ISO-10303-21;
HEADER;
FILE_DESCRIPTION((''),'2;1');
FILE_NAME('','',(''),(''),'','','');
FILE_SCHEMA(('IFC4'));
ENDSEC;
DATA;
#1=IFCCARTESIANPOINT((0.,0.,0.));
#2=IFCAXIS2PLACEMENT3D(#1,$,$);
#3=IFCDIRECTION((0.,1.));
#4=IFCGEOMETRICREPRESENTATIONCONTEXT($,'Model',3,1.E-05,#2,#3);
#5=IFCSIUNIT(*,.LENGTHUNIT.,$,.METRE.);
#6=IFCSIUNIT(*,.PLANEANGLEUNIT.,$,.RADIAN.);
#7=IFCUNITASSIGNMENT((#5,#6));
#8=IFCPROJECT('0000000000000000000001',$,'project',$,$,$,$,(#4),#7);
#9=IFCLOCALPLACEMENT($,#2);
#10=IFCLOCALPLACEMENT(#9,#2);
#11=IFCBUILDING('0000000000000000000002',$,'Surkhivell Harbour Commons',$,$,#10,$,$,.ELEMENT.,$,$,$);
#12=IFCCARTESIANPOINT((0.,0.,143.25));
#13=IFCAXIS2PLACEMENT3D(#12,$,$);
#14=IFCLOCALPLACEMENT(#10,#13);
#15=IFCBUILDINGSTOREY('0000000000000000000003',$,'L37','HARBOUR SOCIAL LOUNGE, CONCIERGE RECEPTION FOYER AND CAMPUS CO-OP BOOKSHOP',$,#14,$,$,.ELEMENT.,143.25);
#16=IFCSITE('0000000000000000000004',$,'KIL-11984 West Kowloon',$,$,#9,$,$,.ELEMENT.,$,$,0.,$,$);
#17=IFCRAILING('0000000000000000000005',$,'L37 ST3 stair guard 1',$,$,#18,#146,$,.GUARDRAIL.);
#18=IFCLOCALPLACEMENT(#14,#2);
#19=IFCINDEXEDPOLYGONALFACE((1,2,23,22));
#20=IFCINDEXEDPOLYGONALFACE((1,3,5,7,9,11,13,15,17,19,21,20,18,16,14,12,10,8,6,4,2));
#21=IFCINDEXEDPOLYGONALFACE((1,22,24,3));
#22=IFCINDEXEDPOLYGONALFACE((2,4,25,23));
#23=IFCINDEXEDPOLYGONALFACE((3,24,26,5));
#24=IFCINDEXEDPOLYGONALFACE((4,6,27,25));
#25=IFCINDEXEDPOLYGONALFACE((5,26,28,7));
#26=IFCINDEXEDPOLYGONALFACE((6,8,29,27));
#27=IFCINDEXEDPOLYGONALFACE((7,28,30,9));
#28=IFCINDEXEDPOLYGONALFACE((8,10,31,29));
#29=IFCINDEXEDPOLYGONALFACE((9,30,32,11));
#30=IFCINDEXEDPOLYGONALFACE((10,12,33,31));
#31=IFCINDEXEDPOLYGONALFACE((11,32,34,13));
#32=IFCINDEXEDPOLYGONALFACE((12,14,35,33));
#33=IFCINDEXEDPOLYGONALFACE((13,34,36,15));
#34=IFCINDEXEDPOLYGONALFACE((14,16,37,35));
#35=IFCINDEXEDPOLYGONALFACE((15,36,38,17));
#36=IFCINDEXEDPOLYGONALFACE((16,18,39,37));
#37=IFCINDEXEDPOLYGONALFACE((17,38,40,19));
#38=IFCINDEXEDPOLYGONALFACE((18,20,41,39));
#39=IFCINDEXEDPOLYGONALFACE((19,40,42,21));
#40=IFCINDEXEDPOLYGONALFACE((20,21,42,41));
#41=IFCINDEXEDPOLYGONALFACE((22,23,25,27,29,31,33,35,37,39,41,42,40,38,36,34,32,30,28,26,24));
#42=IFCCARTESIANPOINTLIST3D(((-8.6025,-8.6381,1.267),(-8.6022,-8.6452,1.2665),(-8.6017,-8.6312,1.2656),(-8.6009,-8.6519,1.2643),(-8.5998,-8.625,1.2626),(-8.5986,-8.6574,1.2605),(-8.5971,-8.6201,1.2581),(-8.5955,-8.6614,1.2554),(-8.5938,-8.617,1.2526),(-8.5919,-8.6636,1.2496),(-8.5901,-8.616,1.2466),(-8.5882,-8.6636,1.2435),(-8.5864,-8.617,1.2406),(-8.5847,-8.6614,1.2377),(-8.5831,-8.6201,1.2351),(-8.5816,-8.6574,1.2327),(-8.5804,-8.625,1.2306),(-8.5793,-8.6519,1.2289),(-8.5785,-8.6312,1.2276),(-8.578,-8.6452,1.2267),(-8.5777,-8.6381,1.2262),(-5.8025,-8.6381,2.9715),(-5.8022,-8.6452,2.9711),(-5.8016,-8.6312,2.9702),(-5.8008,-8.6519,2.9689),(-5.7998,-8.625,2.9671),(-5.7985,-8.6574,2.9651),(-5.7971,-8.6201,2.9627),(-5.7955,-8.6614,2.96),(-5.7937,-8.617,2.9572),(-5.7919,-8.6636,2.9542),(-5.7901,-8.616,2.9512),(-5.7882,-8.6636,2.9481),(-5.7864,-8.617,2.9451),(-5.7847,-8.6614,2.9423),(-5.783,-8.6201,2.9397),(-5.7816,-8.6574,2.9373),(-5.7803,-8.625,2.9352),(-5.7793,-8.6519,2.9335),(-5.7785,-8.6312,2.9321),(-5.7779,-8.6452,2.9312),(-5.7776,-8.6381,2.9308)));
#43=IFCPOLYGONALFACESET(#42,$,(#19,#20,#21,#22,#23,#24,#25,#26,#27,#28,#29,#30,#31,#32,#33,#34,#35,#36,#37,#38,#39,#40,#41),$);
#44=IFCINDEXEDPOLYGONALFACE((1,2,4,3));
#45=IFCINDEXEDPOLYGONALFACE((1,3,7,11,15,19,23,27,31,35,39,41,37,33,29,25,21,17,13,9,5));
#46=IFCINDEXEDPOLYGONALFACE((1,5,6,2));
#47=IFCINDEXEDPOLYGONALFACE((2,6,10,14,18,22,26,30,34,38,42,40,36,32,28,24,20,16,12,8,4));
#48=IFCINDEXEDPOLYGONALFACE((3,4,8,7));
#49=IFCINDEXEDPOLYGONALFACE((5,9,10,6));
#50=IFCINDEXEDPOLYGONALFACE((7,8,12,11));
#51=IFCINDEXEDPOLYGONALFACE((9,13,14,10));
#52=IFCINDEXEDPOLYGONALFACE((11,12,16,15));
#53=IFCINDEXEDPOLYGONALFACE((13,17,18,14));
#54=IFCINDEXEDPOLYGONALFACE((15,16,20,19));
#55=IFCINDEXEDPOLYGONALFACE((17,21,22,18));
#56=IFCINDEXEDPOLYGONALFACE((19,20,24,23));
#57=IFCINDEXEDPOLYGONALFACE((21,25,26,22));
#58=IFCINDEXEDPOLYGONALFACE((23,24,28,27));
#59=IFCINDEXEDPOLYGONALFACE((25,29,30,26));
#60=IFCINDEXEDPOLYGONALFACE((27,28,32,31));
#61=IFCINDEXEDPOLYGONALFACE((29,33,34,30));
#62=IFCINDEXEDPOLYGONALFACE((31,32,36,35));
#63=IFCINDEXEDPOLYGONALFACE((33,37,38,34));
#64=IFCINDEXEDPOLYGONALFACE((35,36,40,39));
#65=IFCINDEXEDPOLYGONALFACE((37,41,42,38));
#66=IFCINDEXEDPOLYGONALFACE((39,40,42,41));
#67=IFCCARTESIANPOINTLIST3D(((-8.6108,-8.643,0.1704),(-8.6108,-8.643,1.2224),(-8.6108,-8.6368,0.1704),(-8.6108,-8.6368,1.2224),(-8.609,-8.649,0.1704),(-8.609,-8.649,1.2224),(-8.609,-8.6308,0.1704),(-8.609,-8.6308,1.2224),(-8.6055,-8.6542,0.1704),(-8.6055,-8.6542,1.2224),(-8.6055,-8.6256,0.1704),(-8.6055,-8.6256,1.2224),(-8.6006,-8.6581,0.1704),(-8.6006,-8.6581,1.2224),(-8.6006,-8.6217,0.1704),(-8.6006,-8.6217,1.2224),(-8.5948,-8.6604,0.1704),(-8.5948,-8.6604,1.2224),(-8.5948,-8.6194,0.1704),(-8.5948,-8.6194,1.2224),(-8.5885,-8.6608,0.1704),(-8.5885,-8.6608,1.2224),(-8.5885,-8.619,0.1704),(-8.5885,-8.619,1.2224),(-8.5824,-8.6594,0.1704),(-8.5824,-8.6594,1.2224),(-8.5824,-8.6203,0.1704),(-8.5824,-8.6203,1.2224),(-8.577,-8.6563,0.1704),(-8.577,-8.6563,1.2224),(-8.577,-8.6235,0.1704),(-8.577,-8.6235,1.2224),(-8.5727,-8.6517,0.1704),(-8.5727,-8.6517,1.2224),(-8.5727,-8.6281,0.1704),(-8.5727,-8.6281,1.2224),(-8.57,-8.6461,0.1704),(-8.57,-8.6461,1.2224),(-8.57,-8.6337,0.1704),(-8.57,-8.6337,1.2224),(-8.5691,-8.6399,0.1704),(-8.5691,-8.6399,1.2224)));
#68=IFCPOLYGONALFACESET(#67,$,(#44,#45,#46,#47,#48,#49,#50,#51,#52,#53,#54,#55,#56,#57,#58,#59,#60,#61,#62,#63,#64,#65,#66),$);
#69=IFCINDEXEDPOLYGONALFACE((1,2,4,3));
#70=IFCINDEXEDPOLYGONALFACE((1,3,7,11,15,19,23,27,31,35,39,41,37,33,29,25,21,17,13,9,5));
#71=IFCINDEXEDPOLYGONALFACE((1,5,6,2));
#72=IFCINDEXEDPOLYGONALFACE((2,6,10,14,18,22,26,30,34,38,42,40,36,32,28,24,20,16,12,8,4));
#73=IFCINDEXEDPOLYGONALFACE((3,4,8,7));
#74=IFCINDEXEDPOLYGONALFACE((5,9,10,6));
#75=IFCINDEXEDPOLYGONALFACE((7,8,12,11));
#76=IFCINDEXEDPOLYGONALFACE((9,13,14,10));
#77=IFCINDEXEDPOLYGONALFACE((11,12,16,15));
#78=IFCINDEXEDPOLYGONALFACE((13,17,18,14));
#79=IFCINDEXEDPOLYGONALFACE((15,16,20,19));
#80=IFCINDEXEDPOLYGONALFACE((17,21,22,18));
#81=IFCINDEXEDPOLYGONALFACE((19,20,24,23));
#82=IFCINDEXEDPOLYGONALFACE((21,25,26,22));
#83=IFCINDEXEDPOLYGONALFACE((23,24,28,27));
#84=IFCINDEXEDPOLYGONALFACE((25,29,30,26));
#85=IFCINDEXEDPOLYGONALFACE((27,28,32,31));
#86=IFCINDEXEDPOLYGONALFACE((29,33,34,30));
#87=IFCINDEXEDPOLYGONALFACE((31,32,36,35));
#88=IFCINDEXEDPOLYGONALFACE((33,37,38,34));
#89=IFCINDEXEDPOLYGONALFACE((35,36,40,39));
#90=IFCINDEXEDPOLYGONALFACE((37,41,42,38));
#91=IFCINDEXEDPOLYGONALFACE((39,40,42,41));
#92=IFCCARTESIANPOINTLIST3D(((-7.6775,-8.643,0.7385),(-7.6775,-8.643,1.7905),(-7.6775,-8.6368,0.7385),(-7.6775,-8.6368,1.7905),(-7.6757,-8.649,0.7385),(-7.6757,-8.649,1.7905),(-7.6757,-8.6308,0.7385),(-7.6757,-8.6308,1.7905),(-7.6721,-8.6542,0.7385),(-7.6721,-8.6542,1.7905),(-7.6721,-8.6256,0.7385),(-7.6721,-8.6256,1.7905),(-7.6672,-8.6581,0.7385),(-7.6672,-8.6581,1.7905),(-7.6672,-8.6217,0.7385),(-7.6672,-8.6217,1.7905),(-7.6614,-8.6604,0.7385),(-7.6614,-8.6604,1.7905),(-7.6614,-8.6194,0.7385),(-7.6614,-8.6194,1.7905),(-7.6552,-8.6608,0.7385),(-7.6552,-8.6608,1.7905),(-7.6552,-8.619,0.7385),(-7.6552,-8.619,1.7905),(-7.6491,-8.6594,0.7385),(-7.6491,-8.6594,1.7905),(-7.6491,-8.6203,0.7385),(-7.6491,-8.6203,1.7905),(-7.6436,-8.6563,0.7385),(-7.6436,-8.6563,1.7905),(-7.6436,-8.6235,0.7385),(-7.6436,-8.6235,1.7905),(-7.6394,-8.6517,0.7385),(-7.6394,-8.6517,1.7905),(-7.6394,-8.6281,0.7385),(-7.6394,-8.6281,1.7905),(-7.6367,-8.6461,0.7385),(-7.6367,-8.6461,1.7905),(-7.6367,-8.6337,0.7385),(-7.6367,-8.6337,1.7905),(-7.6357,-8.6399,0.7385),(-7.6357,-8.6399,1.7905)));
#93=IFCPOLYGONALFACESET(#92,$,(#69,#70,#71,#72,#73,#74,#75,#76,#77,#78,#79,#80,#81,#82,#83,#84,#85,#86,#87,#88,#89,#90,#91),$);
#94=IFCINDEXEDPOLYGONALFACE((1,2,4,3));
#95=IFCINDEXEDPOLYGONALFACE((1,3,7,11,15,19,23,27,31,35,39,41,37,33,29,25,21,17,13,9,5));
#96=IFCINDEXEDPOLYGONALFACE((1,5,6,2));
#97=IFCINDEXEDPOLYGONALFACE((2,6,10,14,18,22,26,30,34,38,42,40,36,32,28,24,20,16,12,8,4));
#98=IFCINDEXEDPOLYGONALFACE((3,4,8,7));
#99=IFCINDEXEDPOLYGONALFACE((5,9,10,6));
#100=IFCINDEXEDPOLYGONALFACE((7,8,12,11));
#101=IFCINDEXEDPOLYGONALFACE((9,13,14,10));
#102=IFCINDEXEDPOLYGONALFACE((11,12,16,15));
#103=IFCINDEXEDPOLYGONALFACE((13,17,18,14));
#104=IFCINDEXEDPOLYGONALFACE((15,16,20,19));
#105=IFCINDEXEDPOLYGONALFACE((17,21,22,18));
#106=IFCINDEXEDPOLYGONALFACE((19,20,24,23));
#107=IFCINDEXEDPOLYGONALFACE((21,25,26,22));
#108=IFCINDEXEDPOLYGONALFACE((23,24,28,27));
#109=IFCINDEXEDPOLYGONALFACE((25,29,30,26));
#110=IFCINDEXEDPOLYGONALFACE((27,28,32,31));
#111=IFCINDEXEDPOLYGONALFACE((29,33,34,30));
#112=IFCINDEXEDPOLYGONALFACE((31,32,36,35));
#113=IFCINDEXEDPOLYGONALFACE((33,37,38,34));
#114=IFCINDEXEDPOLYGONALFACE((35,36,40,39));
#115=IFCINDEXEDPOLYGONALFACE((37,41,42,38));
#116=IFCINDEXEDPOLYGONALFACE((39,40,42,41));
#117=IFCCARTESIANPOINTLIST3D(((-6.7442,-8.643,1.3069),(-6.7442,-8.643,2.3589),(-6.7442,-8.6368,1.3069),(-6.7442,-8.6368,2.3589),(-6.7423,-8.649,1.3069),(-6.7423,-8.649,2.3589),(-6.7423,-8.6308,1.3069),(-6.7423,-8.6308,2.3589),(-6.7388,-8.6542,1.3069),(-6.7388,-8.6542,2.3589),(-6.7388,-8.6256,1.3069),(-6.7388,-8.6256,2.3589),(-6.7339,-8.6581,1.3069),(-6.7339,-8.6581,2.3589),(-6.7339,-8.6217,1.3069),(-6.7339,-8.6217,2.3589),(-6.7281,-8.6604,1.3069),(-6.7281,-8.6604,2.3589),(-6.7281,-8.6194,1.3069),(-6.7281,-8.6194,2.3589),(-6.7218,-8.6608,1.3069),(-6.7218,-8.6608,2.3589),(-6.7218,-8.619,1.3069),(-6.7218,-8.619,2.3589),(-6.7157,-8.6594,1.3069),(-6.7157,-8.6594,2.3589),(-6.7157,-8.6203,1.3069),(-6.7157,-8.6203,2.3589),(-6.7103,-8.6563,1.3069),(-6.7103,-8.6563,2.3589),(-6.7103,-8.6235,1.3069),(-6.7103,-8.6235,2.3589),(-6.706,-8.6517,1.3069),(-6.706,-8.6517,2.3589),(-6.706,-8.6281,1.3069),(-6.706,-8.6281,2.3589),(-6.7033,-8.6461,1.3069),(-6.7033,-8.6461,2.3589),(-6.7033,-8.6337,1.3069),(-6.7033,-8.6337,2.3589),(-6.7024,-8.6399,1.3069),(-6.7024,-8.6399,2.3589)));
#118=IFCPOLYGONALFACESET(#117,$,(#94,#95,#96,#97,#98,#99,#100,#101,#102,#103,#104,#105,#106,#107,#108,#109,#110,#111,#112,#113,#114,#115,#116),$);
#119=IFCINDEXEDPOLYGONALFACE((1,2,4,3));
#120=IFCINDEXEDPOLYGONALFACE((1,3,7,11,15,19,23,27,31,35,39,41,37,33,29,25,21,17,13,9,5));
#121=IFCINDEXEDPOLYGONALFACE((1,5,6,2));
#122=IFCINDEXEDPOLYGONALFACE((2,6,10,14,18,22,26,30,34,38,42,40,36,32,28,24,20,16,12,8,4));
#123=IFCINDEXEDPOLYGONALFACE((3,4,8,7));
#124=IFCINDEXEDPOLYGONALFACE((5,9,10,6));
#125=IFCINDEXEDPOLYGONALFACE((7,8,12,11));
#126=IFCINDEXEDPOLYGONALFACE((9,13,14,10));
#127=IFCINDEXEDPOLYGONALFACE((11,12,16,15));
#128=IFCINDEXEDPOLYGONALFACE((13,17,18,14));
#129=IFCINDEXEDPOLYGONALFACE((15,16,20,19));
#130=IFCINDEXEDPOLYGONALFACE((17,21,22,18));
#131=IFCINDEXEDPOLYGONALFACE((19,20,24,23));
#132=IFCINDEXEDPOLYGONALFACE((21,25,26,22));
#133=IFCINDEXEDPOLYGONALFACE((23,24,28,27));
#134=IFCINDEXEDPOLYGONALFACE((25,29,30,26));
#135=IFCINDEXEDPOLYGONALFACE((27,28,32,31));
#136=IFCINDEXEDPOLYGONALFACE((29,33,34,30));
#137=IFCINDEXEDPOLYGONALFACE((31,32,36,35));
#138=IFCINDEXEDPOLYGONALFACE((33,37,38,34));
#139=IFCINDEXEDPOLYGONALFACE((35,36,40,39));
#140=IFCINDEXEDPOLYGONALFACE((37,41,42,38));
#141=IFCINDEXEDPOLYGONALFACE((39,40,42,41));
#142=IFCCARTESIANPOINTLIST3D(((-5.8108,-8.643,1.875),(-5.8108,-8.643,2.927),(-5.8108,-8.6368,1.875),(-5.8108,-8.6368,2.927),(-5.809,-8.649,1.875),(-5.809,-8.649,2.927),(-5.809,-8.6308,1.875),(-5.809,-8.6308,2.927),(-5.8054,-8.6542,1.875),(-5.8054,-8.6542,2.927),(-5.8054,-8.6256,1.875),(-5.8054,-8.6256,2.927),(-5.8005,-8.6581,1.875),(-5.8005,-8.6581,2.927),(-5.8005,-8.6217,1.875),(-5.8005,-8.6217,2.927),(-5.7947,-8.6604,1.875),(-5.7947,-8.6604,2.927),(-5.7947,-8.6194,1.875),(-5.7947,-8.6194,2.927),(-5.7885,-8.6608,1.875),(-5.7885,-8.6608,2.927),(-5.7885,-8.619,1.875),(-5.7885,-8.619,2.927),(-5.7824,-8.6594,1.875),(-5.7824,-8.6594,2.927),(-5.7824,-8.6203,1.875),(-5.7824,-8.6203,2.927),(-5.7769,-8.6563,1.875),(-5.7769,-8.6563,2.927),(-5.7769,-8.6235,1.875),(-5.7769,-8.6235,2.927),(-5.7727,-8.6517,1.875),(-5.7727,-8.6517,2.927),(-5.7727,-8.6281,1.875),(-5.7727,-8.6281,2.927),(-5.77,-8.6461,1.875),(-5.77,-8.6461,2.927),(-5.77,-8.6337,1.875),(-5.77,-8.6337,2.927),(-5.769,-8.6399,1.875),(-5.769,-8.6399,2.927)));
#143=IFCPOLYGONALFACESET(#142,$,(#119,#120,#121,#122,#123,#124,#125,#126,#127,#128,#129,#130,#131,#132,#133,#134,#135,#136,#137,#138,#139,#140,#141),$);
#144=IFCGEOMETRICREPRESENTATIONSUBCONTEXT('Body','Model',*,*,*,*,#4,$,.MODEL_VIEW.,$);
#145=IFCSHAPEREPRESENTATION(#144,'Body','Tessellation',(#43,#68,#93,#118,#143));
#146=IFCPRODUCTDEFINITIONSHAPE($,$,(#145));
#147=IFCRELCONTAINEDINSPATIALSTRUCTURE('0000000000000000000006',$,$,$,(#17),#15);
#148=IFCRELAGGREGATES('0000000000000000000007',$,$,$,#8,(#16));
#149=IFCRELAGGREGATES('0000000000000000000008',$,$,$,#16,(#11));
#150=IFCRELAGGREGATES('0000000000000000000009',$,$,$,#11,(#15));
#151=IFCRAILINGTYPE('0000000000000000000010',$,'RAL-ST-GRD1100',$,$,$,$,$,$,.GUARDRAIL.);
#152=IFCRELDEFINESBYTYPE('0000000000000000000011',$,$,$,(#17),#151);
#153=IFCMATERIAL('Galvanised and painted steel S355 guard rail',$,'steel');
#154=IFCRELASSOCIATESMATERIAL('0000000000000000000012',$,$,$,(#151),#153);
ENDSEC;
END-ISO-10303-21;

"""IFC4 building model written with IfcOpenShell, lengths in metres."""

from ifc_helpers import new_model, si_unit, direction, frame, origin, origin_2d, place, context, subcontext, project, spatial, circle, extrude, material, type_object, element, save


model = new_model("IFC4")

# Units and contexts
model_context = context("Model", 3, precision=1e-05, world=origin(), true_north=direction((0.0, 1.0)))
body_context = subcontext(model_context, "Body", "Model", "MODEL_VIEW")
ifc_project = project(units=[si_unit("LENGTHUNIT", "METRE"), si_unit("PLANEANGLEUNIT", "RADIAN")], contexts=[model_context])

# Site, building, storey
site_placement = place(None, origin())
site = spatial("IfcSite", under=ifc_project, at=site_placement, Name="KIL-11984 West Kowloon", CompositionType="ELEMENT", RefElevation=0.0)
building_placement = place(site_placement, origin())
building = spatial("IfcBuilding", under=site, at=building_placement, Name="Surkhivell Harbour Commons", CompositionType="ELEMENT")
storey_placement = place(building_placement, frame((0.0, 0.0, 143.25)))
storey = spatial("IfcBuildingStorey", under=building, at=storey_placement, Name="L37", Description="HARBOUR SOCIAL LOUNGE, CONCIERGE RECEPTION FOYER AND CAMPUS CO-OP BOOKSHOP", CompositionType="ELEMENT", Elevation=143.25)

# Railing
ifc_material_1 = material(Name="Galvanised and painted steel S355 guard rail", Category="steel")
railing_type_1 = type_object("IfcRailingType", Name="RAL-ST-GRD1100", PredefinedType="GUARDRAIL", material=ifc_material_1)
railing_1_placement = place(storey_placement, frame((-8.5901, -8.6399, 0.1704)))
element("IfcRailing", 1, at=railing_1_placement, inside=storey, type_object=railing_type_1, Name="L37 ST3 stair guard 1", PredefinedType="GUARDRAIL", context=body_context, shape_type="SweptSolid", body=[
    extrude(circle(Radius=0.0239, at=origin_2d()), frame((0.0, 0.0, 1.0762), z_axis=(0.85417, 0.0, 0.519994), x_axis=(0.0, 1.0, 0.0)), (0.0, 0.0, 1.0), 3.2781),
    extrude(circle(Radius=0.021, at=origin_2d()), origin(), (0.0, 0.0, 1.0), 1.052),
    extrude(circle(Radius=0.021, at=origin_2d()), frame((0.9333, 0.0, 0.5681)), (0.0, 0.0, 1.0), 1.052),
    extrude(circle(Radius=0.021, at=origin_2d()), frame((1.8667, 0.0, 1.1365)), (0.0, 0.0, 1.0), 1.052),
    extrude(circle(Radius=0.021, at=origin_2d()), frame((2.8, 0.0, 1.7046)), (0.0, 0.0, 1.0), 1.052),
])

save(model, "model.ifc")
